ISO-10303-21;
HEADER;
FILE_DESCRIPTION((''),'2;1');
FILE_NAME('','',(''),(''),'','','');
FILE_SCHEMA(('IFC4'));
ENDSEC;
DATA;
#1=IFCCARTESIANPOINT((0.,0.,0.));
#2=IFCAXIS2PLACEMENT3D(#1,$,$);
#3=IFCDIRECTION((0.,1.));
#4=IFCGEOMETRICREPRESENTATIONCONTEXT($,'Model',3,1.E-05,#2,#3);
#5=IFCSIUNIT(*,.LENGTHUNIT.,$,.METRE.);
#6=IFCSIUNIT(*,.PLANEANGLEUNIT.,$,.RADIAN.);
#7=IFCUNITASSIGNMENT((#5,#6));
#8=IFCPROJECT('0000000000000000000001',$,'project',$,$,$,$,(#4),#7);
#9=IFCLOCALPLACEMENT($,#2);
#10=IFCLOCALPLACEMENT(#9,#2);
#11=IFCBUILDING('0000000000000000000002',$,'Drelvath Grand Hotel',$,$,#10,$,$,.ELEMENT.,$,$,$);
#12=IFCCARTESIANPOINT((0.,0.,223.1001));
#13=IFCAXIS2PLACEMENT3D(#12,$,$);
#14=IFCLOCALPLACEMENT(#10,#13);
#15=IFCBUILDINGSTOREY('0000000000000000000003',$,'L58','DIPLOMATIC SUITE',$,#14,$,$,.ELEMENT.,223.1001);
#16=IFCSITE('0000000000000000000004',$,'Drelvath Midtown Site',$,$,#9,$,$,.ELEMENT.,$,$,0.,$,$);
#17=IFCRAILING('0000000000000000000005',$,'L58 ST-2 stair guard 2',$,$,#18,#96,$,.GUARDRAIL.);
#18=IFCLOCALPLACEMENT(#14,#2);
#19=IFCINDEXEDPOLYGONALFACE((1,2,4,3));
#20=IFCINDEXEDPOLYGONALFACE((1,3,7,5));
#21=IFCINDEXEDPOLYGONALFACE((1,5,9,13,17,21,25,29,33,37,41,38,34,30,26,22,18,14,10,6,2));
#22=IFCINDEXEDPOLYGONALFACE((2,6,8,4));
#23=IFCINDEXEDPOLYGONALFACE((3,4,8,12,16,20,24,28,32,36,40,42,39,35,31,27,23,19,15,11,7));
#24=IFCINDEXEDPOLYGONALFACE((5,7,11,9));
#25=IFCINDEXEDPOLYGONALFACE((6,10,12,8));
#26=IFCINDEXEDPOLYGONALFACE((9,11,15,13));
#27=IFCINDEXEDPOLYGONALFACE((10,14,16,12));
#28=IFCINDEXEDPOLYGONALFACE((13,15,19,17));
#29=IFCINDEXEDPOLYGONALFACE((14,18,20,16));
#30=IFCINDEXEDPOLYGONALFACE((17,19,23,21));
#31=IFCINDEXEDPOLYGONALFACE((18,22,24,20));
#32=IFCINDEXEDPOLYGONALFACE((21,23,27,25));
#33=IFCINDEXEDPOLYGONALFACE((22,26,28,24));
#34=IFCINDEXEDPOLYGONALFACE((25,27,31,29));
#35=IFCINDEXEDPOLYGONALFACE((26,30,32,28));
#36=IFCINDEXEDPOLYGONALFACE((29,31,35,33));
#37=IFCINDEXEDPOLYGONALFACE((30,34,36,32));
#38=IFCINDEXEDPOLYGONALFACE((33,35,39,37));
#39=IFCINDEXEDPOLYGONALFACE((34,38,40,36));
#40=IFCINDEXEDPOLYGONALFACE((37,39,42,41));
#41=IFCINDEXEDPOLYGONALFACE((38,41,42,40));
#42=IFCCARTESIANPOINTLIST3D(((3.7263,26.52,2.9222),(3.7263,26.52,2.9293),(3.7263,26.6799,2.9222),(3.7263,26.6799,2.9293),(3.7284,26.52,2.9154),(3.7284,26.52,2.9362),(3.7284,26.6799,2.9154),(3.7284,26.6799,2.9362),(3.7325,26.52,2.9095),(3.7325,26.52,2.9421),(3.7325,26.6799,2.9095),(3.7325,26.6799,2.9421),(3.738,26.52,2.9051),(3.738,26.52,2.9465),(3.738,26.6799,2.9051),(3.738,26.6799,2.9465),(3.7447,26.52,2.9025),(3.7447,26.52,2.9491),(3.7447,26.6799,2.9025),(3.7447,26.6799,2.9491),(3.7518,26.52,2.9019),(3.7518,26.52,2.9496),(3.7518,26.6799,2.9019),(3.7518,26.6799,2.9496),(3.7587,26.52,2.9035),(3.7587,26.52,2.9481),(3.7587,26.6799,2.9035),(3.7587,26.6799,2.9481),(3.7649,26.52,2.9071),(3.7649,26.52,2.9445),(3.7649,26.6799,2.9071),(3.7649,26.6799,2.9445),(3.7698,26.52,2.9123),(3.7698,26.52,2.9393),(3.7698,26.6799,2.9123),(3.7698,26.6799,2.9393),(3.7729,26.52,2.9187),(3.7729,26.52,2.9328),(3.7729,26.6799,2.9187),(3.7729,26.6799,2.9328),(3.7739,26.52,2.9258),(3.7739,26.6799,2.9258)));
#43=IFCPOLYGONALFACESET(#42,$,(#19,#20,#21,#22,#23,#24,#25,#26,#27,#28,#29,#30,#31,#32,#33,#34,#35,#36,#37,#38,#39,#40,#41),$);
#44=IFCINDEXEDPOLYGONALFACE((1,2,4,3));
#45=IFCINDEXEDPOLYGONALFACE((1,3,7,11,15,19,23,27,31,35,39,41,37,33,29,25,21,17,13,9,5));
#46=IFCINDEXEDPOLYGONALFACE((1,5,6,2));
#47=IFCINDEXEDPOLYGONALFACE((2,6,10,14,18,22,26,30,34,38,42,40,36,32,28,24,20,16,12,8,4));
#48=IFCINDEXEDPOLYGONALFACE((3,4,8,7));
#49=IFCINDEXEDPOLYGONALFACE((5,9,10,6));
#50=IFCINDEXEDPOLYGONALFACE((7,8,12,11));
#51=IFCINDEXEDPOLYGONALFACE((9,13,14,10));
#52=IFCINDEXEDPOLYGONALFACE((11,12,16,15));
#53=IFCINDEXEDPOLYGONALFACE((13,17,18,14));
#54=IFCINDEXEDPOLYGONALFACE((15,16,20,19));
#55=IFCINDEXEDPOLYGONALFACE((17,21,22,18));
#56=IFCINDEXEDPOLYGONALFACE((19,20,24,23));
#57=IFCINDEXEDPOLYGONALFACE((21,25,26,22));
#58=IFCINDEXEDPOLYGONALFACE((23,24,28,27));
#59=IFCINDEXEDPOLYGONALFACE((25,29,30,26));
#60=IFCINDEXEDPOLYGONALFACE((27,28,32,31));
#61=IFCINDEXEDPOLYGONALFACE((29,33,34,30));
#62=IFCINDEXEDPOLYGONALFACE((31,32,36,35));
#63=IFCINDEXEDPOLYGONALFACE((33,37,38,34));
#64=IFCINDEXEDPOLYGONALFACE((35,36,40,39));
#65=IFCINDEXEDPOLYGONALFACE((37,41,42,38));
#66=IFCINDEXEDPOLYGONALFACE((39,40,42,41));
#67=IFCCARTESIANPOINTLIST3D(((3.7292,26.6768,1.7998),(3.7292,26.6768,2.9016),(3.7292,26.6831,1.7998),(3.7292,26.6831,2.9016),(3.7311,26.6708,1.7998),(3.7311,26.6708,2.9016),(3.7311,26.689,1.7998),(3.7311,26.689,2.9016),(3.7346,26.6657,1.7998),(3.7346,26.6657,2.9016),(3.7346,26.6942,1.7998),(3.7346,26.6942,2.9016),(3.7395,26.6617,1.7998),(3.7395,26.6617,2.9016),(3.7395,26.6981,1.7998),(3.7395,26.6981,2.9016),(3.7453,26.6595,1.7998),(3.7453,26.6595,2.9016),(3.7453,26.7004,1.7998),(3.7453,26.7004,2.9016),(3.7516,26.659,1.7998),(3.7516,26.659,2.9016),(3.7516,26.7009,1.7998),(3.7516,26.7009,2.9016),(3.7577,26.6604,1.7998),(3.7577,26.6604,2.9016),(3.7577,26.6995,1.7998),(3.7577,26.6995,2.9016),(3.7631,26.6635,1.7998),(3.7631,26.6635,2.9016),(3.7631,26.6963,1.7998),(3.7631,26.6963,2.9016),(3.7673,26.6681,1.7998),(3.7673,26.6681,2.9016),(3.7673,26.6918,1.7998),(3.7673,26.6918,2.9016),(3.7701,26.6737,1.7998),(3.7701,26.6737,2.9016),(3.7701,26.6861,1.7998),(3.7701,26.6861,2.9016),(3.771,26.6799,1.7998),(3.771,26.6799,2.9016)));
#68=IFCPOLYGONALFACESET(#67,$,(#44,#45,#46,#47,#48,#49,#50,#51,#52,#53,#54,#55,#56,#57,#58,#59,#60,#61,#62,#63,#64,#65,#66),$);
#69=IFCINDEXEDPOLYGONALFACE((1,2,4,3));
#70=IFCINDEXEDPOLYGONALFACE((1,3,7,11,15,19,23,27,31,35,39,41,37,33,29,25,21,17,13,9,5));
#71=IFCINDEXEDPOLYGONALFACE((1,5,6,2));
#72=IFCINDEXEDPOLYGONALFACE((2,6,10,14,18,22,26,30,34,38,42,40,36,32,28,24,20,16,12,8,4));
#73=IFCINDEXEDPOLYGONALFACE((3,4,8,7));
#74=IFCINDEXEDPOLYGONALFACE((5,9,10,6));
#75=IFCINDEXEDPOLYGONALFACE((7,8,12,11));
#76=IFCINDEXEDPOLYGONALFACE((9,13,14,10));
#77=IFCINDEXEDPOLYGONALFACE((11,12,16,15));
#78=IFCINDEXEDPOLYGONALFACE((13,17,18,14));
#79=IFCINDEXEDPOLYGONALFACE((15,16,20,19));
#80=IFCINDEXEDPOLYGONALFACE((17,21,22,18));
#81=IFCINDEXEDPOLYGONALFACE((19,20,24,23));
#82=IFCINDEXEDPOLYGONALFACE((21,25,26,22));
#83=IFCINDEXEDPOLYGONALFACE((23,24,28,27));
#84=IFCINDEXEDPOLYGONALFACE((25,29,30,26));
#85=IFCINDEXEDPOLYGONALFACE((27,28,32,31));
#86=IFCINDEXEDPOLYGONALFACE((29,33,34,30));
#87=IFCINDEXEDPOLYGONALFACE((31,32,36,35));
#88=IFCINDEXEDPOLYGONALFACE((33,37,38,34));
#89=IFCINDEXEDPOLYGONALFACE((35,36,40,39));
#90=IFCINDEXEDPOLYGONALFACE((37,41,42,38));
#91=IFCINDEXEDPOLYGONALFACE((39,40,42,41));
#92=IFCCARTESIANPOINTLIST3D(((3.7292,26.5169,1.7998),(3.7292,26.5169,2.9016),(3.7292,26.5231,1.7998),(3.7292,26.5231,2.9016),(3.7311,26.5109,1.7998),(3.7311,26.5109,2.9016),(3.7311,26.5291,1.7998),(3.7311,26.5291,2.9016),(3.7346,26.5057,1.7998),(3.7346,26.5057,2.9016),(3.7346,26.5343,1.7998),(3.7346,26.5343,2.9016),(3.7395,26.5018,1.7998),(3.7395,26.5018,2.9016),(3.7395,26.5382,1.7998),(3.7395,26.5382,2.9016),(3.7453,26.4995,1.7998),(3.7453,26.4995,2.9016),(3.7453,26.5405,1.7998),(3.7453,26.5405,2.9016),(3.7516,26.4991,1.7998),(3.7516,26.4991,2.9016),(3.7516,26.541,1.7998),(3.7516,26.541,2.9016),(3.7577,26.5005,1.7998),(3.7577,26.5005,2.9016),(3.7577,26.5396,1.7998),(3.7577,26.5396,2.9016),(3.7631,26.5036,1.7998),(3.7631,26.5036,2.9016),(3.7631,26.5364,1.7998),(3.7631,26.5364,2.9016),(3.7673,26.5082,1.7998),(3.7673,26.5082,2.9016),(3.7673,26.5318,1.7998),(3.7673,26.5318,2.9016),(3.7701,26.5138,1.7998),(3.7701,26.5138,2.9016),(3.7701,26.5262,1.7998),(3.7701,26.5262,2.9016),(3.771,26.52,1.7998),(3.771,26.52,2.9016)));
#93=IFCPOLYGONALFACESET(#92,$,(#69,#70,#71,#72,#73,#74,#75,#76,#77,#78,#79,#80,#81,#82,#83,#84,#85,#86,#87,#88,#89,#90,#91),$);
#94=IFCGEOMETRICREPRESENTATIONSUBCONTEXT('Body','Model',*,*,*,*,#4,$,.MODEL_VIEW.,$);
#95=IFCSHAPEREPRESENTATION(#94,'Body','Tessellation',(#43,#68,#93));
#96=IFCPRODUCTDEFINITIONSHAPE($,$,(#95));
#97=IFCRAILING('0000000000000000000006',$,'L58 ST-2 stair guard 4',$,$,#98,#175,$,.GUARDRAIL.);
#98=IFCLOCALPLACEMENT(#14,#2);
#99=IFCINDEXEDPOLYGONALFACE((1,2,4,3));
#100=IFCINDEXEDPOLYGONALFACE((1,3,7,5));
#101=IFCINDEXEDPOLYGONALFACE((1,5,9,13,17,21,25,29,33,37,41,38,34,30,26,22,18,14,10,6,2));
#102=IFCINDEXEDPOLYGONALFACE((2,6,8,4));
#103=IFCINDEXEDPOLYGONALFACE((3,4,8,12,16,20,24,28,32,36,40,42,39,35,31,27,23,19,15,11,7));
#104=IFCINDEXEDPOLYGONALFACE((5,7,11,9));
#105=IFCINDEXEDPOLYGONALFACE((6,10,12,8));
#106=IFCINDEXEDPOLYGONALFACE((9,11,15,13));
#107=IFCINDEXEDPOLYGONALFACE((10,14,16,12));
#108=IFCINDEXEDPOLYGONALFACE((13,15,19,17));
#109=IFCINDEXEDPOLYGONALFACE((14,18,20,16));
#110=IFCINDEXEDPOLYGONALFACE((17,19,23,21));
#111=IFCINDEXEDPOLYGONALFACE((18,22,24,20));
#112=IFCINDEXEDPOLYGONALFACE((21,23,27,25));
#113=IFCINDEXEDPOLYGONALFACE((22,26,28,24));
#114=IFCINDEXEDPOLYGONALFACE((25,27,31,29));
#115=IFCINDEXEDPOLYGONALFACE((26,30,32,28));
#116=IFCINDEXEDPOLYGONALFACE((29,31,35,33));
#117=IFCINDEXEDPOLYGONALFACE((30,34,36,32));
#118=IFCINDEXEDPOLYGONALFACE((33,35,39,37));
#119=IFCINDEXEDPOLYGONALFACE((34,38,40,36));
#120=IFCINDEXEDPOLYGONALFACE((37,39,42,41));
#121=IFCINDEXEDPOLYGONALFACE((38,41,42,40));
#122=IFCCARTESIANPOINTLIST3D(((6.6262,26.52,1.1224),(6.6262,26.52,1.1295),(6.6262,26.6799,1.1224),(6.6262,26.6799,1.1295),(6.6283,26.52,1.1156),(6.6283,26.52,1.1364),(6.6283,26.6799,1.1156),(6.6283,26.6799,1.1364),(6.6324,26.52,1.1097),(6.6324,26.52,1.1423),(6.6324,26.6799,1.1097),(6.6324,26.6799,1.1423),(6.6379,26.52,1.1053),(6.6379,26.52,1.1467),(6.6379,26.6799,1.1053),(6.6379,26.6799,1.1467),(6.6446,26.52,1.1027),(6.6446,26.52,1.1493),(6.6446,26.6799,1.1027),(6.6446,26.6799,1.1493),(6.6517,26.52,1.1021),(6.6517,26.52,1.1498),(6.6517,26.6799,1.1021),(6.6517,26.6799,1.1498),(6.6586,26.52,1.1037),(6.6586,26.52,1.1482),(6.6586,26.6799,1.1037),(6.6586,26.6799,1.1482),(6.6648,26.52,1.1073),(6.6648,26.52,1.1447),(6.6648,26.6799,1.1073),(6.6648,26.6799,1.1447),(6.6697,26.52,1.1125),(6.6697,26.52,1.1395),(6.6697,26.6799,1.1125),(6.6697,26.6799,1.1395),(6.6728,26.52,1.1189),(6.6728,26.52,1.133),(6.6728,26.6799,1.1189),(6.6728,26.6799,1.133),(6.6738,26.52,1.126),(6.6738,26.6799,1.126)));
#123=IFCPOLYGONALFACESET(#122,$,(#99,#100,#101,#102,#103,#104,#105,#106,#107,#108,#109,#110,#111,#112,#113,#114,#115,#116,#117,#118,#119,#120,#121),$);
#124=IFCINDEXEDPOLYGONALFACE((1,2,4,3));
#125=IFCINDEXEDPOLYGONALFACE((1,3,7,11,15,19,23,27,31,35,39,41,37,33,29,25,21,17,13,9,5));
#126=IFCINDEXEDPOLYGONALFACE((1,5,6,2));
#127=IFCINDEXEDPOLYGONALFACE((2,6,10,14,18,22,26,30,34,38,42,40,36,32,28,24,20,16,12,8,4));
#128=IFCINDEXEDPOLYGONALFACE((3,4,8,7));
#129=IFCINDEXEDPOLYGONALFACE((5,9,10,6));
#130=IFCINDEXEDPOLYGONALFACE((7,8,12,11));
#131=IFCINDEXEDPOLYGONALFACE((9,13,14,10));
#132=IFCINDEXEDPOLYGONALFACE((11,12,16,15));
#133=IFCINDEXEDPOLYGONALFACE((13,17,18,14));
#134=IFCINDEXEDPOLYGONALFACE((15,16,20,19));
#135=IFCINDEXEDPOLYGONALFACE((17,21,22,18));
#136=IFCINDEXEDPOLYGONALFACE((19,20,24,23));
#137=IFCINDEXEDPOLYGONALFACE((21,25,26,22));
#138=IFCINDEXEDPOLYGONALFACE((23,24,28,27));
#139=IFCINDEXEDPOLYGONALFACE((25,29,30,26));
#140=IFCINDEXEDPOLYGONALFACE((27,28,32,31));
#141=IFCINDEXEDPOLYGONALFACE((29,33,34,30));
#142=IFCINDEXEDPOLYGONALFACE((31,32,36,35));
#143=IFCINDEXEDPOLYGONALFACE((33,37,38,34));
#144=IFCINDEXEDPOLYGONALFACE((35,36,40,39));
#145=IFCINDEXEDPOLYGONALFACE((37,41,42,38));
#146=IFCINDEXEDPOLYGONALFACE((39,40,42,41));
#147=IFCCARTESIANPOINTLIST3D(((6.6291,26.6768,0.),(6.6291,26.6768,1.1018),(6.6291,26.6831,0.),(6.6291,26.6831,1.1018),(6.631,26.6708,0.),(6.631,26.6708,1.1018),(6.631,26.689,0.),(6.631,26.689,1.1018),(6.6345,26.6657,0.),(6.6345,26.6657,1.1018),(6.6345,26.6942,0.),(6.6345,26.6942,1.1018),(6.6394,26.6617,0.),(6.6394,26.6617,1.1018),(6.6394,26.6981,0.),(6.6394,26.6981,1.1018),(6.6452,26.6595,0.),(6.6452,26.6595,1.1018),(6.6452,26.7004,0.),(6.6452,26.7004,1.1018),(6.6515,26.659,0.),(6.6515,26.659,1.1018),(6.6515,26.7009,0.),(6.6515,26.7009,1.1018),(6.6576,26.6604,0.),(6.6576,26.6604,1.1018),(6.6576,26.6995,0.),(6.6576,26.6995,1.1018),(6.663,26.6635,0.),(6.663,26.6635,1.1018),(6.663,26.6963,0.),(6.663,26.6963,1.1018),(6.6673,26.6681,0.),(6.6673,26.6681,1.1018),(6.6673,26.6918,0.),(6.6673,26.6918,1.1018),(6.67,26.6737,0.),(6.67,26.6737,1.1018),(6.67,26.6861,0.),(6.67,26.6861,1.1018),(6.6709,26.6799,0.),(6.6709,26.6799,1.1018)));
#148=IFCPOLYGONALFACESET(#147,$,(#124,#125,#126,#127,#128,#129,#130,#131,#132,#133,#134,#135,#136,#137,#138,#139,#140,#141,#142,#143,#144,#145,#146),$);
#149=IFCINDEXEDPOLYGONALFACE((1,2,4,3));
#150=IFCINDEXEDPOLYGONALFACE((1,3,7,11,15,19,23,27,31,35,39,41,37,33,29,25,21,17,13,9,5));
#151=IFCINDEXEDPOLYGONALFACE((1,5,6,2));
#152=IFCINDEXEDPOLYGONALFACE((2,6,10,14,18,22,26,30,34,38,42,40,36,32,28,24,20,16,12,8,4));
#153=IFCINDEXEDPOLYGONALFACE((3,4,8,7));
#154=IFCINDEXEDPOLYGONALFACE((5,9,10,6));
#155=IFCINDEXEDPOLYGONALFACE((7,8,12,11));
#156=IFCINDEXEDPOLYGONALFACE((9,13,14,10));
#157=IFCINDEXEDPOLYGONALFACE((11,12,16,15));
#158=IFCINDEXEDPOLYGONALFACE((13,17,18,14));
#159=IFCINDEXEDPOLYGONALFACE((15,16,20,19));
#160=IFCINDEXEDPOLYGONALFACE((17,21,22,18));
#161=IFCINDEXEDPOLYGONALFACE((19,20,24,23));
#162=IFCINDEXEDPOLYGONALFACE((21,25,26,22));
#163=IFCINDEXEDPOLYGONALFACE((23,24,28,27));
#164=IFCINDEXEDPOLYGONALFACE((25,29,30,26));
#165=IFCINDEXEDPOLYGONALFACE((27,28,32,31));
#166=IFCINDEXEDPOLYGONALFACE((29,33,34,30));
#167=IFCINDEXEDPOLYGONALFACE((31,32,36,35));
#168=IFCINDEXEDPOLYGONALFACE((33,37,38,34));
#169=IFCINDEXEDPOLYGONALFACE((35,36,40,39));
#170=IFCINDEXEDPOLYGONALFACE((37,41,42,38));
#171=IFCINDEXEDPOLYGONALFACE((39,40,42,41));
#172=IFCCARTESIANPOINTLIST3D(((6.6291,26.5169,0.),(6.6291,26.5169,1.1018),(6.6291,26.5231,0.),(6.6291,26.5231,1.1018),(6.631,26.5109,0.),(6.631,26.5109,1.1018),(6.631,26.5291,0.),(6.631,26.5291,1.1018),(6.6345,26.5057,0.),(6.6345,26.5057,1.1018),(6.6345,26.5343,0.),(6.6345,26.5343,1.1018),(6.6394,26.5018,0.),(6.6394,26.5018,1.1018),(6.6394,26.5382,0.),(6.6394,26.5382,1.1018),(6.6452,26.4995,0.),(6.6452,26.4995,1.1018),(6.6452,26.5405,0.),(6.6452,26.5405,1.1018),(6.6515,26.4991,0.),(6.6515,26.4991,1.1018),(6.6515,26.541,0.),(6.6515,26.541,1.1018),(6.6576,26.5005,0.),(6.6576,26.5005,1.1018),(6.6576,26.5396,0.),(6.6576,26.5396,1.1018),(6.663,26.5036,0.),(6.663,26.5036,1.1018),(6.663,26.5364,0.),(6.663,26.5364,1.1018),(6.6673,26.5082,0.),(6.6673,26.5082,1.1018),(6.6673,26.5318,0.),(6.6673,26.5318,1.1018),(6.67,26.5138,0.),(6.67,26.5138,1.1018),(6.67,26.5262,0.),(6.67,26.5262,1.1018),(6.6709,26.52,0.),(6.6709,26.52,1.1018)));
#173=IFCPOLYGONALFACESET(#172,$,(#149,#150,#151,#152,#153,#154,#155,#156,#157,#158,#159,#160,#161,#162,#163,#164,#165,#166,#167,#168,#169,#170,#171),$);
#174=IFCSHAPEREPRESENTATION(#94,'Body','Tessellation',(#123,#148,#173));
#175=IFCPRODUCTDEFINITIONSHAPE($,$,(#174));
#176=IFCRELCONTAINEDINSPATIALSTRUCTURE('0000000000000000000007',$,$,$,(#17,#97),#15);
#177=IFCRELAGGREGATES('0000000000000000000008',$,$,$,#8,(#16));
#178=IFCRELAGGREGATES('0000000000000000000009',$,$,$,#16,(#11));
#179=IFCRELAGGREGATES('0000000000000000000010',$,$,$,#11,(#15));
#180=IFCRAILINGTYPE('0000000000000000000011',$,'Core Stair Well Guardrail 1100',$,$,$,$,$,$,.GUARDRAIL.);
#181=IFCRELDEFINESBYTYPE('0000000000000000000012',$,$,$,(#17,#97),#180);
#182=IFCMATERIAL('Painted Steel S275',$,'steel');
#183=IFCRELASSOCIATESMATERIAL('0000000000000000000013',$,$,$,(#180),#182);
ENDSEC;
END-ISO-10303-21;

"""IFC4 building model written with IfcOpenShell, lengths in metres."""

from ifc_helpers import new_model, si_unit, direction, frame, origin, origin_2d, place, context, subcontext, project, spatial, circle, extrude, material, type_object, element, save


model = new_model("IFC4")

# Units and contexts
model_context = context("Model", 3, precision=1e-05, world=origin(), true_north=direction((0.0, 1.0)))
body_context = subcontext(model_context, "Body", "Model", "MODEL_VIEW")
ifc_project = project(units=[si_unit("LENGTHUNIT", "METRE"), si_unit("PLANEANGLEUNIT", "RADIAN")], contexts=[model_context])

# Site, building, storey
site_placement = place(None, origin())
site = spatial("IfcSite", under=ifc_project, at=site_placement, Name="Drelvath Midtown Site", CompositionType="ELEMENT", RefElevation=0.0)
building_placement = place(site_placement, origin())
building = spatial("IfcBuilding", under=site, at=building_placement, Name="Drelvath Grand Hotel", CompositionType="ELEMENT")
storey_placement = place(building_placement, frame((0.0, 0.0, 223.1001)))
storey = spatial("IfcBuildingStorey", under=building, at=storey_placement, Name="L58", Description="DIPLOMATIC SUITE", CompositionType="ELEMENT", Elevation=223.1001)

# Shared definitions
ifc_material_1 = material(Name="Painted Steel S275", Category="steel")

# Railings
railing_type_1 = type_object("IfcRailingType", Name="Core Stair Well Guardrail 1100", PredefinedType="GUARDRAIL", material=ifc_material_1)
for number, where, name in (
    (1, (3.75, 26.6799, 1.7998), "L58 ST-2 stair guard 2"),
    (2, (6.6499, 26.6799, 0.0), "L58 ST-2 stair guard 4"),
):
    element("IfcRailing", number, at=place(storey_placement, frame(where)), inside=storey, type_object=railing_type_1, Name=name, PredefinedType="GUARDRAIL", context=body_context, shape_type="SweptSolid", body=[
        extrude(circle(Radius=0.0239, at=origin_2d()), frame((0.0, 0.0, 1.126), z_axis=(0.0, -1.0, 0.0), x_axis=(1.0, 0.0, 0.0)), (0.0, 0.0, 1.0), 0.1599),
        extrude(circle(Radius=0.021, at=origin_2d()), origin(), (0.0, 0.0, 1.0), 1.1018),
        extrude(circle(Radius=0.021, at=origin_2d()), frame((0.0, -0.1599, 0.0)), (0.0, 0.0, 1.0), 1.1018),
    ])

save(model, "model.ifc")
